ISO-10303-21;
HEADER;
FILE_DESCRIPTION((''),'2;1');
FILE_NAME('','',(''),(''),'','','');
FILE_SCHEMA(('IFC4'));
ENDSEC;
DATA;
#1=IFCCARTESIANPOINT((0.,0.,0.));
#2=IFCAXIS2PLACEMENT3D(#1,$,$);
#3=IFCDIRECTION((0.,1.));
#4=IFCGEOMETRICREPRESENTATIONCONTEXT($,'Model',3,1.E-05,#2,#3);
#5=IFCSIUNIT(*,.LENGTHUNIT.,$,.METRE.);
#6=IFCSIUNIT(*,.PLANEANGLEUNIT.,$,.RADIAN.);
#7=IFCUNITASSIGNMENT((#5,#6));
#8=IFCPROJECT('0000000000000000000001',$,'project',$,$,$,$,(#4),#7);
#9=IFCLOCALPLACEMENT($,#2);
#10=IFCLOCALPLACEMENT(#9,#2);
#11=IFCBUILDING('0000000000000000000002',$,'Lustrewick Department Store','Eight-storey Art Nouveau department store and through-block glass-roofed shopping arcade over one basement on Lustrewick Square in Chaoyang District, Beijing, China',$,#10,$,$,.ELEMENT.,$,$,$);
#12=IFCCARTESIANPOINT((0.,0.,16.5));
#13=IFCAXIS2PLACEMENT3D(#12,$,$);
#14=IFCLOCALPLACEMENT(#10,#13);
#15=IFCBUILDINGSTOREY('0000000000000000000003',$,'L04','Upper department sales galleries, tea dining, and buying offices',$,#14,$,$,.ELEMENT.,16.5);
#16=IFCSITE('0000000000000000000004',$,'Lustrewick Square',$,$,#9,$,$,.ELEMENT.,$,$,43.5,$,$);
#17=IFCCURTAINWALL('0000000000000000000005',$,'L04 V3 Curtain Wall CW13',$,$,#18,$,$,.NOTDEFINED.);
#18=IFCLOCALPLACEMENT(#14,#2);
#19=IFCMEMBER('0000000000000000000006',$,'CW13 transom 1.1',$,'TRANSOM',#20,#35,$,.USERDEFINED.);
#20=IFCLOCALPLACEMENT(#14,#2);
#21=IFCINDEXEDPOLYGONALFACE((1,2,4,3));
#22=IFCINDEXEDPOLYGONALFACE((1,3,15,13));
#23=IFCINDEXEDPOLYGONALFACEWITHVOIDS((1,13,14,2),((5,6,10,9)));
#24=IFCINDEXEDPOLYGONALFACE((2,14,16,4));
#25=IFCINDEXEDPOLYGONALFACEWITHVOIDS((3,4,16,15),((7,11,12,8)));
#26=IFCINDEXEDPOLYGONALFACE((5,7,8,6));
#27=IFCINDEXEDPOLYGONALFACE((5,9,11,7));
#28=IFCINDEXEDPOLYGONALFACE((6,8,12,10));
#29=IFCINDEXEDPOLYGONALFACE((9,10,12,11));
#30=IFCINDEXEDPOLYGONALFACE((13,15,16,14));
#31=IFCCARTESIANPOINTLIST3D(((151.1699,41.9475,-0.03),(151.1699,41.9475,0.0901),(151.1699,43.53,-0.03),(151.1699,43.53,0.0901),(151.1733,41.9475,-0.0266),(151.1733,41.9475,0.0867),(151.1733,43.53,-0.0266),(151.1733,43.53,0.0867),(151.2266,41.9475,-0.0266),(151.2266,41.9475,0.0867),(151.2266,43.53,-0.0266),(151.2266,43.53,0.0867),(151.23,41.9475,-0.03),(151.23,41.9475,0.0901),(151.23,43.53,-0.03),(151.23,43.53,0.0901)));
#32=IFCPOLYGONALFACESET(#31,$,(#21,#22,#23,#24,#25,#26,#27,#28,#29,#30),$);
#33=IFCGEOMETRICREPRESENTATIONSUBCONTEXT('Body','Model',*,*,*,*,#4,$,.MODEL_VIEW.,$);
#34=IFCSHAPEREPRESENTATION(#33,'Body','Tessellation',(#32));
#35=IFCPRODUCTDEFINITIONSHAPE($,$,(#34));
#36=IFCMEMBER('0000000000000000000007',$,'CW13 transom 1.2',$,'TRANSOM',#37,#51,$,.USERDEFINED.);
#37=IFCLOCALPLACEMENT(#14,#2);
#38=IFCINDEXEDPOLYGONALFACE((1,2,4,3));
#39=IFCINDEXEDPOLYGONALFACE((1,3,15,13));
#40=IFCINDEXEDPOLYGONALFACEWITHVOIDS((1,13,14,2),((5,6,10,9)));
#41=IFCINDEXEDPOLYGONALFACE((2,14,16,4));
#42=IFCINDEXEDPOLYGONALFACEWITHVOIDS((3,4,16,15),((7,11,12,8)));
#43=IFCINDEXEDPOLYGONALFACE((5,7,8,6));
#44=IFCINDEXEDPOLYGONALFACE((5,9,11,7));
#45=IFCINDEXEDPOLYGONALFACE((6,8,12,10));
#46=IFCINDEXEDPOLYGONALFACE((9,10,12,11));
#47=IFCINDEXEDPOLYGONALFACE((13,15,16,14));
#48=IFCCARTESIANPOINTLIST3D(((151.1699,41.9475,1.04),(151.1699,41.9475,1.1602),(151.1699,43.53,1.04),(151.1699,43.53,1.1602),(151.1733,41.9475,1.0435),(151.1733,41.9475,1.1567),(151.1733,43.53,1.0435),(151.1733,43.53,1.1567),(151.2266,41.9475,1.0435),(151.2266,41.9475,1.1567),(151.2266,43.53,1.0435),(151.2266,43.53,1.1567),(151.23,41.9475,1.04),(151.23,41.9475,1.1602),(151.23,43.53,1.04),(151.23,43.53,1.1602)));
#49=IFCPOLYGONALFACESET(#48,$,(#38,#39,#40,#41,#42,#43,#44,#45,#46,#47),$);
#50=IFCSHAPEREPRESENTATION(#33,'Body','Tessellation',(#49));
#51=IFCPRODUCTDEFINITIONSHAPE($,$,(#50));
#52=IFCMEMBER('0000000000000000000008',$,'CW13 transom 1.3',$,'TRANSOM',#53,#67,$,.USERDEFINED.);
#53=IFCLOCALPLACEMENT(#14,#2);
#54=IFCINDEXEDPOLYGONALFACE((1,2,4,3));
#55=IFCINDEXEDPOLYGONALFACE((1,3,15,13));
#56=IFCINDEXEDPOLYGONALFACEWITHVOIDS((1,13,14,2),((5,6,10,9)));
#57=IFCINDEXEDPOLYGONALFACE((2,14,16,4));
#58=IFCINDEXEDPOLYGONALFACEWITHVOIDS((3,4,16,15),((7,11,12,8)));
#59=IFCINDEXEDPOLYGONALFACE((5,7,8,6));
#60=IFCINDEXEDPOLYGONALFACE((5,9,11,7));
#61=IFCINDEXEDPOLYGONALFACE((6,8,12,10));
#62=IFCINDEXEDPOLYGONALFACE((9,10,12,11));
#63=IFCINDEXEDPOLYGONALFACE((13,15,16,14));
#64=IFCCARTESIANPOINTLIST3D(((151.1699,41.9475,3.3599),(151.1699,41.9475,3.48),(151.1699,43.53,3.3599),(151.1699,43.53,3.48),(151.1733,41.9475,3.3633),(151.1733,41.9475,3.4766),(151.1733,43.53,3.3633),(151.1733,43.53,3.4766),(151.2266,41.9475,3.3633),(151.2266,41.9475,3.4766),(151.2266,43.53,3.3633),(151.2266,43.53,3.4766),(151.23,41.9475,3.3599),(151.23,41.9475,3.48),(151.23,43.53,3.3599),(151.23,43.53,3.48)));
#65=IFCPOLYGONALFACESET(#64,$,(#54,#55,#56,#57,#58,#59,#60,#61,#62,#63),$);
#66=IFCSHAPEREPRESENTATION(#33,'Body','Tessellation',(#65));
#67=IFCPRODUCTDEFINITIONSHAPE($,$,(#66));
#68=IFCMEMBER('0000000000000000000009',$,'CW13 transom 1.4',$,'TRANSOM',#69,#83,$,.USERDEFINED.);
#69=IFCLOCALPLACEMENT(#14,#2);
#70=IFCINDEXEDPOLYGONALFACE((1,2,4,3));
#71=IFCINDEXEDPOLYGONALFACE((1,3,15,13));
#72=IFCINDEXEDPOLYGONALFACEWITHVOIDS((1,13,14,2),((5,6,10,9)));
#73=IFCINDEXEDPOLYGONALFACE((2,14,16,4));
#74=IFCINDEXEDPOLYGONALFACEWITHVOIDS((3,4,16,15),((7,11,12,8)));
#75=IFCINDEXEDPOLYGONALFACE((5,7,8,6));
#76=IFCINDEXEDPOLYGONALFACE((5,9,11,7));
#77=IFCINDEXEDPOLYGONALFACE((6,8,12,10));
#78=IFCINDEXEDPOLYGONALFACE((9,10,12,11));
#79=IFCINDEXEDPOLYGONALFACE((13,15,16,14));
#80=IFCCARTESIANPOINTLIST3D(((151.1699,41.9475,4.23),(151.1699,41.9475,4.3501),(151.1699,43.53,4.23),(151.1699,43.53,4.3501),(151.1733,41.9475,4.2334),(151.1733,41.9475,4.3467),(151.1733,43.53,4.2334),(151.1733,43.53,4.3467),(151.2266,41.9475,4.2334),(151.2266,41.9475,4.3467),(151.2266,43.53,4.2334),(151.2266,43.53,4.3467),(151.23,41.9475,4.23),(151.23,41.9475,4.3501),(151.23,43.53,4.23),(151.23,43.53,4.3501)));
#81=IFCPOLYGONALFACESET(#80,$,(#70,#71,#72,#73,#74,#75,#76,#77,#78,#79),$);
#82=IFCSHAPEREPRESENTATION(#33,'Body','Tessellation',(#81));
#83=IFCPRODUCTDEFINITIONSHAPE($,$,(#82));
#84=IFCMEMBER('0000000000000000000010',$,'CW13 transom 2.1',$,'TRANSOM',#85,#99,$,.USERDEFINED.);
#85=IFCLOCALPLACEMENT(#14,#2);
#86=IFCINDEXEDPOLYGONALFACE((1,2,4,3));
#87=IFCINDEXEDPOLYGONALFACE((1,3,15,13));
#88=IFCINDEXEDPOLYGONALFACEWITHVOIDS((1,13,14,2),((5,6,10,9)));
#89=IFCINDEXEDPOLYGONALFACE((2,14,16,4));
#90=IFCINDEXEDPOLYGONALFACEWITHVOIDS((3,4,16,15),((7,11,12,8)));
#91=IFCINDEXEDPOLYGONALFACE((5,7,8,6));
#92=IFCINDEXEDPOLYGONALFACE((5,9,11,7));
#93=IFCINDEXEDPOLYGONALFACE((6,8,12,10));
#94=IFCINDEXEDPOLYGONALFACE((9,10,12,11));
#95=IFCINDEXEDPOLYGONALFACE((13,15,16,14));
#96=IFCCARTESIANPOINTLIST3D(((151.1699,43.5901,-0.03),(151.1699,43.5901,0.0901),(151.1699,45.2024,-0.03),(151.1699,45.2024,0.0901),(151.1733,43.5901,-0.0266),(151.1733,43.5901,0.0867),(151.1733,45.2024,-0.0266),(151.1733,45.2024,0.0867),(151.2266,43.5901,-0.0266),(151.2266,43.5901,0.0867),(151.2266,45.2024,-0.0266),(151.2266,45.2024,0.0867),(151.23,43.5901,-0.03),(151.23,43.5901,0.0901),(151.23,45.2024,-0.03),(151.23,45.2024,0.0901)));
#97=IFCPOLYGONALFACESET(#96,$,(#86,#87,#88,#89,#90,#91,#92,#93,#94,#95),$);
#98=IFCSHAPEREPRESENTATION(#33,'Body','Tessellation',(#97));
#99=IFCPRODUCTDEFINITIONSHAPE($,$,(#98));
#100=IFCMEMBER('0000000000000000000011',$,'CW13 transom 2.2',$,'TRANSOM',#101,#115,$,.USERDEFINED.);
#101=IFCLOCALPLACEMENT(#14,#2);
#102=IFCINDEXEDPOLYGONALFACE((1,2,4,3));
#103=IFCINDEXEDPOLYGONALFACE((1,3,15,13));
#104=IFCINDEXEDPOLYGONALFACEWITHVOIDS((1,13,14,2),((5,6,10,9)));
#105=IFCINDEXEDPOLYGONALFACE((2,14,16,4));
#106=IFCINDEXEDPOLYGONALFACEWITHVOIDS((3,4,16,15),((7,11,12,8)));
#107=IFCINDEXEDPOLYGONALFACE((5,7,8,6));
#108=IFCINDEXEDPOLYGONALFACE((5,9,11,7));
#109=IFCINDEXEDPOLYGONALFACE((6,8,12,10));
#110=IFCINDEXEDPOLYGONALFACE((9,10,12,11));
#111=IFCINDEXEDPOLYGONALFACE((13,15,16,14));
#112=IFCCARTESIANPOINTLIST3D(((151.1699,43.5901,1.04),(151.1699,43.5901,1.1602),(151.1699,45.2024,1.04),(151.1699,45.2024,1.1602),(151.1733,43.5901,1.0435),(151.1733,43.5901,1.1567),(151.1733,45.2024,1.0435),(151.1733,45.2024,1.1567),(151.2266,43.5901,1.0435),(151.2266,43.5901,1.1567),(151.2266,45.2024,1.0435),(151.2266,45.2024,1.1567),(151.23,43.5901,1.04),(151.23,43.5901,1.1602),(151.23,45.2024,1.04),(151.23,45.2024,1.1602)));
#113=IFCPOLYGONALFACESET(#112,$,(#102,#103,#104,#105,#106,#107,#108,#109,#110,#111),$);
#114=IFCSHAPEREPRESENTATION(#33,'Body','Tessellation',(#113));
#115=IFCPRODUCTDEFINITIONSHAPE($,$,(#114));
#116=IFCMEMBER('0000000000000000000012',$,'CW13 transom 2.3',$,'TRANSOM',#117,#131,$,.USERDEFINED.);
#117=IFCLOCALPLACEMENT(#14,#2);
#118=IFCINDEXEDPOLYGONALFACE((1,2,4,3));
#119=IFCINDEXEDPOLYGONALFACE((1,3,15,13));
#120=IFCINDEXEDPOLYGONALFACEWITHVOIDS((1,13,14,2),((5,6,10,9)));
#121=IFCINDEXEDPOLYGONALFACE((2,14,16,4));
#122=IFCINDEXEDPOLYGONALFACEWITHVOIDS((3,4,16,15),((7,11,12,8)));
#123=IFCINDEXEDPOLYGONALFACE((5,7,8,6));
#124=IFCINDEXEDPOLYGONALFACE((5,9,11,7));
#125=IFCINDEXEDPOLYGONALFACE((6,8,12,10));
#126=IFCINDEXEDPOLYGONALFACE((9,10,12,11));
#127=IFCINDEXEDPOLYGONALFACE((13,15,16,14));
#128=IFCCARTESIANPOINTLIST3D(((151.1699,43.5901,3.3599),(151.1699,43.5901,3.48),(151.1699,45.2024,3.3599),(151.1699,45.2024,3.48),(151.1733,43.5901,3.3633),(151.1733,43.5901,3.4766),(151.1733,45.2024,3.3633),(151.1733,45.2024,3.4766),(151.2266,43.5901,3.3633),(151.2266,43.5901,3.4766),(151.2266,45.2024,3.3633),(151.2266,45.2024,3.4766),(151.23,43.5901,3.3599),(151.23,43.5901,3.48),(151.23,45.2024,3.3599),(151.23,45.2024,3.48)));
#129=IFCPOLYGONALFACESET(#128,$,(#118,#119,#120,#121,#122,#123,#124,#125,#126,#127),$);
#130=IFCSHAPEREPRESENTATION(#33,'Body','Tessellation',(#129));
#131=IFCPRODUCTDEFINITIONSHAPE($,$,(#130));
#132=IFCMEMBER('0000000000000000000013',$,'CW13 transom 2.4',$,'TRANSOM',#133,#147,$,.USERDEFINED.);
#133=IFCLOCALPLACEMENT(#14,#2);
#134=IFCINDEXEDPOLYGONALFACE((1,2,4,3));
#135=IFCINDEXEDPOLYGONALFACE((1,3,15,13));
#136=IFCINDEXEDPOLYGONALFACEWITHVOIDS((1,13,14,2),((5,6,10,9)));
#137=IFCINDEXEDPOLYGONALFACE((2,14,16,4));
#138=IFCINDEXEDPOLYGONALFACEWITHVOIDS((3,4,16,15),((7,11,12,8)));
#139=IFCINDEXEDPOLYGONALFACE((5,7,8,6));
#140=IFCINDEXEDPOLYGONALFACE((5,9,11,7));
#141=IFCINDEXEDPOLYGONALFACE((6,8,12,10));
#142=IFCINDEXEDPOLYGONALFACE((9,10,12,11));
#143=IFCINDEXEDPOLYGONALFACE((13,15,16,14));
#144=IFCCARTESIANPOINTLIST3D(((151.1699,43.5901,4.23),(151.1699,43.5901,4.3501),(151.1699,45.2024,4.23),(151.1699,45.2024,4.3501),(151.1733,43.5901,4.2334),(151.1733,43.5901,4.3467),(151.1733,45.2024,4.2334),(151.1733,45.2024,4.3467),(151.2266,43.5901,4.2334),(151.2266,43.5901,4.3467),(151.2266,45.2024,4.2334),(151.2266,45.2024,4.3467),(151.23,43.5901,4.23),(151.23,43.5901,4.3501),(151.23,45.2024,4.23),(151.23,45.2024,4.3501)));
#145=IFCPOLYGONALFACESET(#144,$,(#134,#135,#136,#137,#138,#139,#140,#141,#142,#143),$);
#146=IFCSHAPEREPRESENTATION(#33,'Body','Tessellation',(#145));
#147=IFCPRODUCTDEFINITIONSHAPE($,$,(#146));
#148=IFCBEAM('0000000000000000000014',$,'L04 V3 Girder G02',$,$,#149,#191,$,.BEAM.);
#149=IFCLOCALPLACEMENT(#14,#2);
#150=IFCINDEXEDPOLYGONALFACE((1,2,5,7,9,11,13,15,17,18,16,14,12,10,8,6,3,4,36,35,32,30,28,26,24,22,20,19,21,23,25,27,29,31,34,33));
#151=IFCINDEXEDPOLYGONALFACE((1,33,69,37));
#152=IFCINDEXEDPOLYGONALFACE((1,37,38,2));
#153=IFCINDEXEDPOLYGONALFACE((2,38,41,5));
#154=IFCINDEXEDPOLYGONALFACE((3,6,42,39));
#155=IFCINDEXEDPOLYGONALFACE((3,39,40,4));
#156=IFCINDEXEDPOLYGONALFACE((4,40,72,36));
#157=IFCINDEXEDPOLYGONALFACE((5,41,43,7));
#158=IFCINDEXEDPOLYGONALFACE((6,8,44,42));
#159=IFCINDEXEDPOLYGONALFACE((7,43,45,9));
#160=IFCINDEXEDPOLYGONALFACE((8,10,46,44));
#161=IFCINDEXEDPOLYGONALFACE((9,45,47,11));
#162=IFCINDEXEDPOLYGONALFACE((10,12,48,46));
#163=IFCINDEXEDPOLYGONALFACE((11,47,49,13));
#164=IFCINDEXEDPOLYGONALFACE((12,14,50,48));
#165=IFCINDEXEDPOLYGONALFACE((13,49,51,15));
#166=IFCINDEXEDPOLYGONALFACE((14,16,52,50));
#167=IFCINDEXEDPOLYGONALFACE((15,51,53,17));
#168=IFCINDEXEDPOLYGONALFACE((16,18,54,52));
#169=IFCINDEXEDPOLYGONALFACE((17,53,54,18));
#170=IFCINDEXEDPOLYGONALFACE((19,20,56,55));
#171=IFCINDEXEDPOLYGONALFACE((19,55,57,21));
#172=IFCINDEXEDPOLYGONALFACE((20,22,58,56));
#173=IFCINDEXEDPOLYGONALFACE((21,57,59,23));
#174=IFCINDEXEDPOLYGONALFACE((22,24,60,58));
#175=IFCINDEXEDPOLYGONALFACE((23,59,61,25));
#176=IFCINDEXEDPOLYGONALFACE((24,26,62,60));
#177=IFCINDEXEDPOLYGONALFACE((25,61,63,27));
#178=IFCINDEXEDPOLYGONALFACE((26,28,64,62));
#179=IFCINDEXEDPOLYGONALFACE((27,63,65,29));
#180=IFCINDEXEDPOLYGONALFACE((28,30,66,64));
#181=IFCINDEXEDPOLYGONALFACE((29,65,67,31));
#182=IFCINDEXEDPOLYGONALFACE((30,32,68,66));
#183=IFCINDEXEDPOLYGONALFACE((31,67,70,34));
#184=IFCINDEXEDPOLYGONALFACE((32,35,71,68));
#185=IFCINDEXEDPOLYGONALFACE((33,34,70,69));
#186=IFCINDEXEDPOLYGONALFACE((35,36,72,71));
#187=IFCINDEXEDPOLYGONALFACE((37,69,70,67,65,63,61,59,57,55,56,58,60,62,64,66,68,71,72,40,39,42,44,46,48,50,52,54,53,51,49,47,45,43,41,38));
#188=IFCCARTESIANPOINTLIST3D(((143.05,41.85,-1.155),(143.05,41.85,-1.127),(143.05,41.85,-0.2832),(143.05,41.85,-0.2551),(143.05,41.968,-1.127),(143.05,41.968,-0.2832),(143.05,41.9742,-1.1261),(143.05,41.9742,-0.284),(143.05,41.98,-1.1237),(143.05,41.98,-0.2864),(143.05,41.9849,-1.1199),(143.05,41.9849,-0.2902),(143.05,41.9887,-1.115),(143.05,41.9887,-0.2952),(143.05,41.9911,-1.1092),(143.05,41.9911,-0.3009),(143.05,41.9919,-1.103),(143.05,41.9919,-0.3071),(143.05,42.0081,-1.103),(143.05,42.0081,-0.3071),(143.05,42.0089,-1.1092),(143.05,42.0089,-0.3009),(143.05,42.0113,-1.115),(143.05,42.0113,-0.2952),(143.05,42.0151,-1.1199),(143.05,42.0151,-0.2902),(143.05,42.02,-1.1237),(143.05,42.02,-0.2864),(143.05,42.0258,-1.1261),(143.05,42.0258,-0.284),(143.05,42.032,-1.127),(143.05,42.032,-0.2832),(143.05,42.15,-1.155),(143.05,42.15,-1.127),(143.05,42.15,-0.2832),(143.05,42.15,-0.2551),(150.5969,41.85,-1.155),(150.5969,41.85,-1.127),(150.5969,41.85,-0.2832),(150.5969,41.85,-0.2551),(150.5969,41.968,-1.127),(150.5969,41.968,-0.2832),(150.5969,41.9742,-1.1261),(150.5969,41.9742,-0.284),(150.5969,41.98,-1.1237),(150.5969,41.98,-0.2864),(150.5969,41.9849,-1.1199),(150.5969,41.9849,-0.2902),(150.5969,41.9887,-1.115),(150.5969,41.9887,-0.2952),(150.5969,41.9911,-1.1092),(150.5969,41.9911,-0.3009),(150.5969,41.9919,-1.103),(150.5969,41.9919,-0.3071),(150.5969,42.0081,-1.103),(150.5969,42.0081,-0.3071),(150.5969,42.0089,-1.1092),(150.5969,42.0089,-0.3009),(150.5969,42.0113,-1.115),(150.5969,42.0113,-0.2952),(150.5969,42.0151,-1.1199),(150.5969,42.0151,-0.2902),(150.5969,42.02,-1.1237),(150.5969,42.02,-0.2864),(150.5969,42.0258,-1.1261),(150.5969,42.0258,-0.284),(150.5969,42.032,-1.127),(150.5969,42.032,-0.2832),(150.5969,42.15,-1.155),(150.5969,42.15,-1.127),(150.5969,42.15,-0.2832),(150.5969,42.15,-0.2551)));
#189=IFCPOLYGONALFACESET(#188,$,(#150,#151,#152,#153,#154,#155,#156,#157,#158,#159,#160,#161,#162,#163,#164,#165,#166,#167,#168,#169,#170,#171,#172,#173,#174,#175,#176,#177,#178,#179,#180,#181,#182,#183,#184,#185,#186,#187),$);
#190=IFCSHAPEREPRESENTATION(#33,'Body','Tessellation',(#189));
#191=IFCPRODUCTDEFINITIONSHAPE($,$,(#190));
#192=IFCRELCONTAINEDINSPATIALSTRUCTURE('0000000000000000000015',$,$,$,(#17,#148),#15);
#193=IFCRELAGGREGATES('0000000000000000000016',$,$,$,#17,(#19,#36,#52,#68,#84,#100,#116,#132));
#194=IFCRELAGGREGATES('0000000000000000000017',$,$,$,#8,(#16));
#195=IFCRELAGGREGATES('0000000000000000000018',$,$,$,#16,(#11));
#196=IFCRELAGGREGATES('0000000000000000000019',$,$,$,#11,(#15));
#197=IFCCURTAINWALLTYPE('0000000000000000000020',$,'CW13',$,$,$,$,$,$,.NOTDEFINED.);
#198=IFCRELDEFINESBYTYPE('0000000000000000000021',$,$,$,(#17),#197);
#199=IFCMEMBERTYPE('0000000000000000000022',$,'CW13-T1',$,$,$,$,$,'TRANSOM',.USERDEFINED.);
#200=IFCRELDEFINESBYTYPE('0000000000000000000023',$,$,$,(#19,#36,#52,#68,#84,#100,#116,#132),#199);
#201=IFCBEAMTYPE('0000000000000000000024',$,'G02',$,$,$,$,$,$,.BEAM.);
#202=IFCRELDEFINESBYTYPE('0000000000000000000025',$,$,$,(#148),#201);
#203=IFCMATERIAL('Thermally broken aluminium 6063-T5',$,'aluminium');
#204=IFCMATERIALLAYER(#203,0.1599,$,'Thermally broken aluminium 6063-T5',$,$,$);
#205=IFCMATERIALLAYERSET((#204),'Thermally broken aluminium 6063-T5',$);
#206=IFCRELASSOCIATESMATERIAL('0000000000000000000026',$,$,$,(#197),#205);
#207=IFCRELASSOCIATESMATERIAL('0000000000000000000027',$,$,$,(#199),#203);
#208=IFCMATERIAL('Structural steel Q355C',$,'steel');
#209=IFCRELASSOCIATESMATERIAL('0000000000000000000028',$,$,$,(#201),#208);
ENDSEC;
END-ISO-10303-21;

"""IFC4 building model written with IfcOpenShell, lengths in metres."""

from ifc_helpers import new_model, si_unit, direction, frame, origin, origin_2d, place, context, subcontext, project, spatial, hollow_rectangle, i_section, extrude, material, layer, layer_set, material_profile, profile_set, type_object, element, aggregate, save


model = new_model("IFC4")

# Units and contexts
model_context = context("Model", 3, precision=1e-05, world=origin(), true_north=direction((0.0, 1.0)))
body_context = subcontext(model_context, "Body", "Model", "MODEL_VIEW")
ifc_project = project(units=[si_unit("LENGTHUNIT", "METRE"), si_unit("PLANEANGLEUNIT", "RADIAN")], contexts=[model_context])

# Site, building, storey
site_placement = place(None, origin())
site = spatial("IfcSite", under=ifc_project, at=site_placement, Name="Lustrewick Square", CompositionType="ELEMENT", RefElevation=43.5)
building_placement = place(site_placement, origin())
building = spatial("IfcBuilding", under=site, at=building_placement, Name="Lustrewick Department Store", Description="Eight-storey Art Nouveau department store and through-block glass-roofed shopping arcade over one basement on Lustrewick Square in Chaoyang District, Beijing, China", CompositionType="ELEMENT")
storey_placement = place(building_placement, frame((0.0, 0.0, 16.5)))
storey = spatial("IfcBuildingStorey", under=building, at=storey_placement, Name="L04", Description="Upper department sales galleries, tea dining, and buying offices", CompositionType="ELEMENT", Elevation=16.5)

# Shared definitions
ifc_material_1 = material(Name="Structural steel Q355C", Category="steel")

# Curtain wall, members
ifc_material_2 = material(Name="Thermally broken aluminium 6063-T5", Category="aluminium")
ifc_layer_1 = layer(ifc_material_2, 0.1599, Name="Thermally broken aluminium 6063-T5")
ifc_layer_set_1 = layer_set([ifc_layer_1], Name="Thermally broken aluminium 6063-T5")
curtain_wall_type = type_object("IfcCurtainWallType", Name="CW13", PredefinedType="NOTDEFINED", material=ifc_layer_set_1)
curtain_wall_placement = place(storey_placement, origin())
curtain_wall = element("IfcCurtainWall", 1, at=curtain_wall_placement, inside=storey, type_object=curtain_wall_type, Name="L04 V3 Curtain Wall CW13", PredefinedType="NOTDEFINED")
ifc_material_profile_1 = material_profile(ifc_material_2, hollow_rectangle(XDim=0.0601, YDim=0.1201, WallThickness=0.0034, at=origin_2d()), Name="ALU-T 60x120x3.5")
ifc_profile_set_1 = profile_set([ifc_material_profile_1], Name="Thermally broken aluminium 6063-T5")
member_type_1 = type_object("IfcMemberType", Name="CW13-T1", ElementType="TRANSOM", PredefinedType="USERDEFINED", material=ifc_profile_set_1)
member_1_placement = place(storey_placement, frame((151.2, 41.9475, 0.03), z_axis=(0.0, 1.0, 0.0), x_axis=(-1.0, 0.0, 0.0)))
member_1 = element("IfcMember", 2, at=member_1_placement, type_object=member_type_1, Name="CW13 transom 1.1", ObjectType="TRANSOM", PredefinedType="USERDEFINED", context=body_context, shape_type="SweptSolid", body=[
    extrude(hollow_rectangle(XDim=0.0601, YDim=0.1201, WallThickness=0.0034, at=origin_2d()), origin(), (0.0, 0.0, 1.0), 1.5825),
])
member_2_placement = place(storey_placement, frame((151.2, 41.9475, 1.1001), z_axis=(0.0, 1.0, 0.0), x_axis=(-1.0, 0.0, 0.0)))
member_2 = element("IfcMember", 3, at=member_2_placement, type_object=member_type_1, Name="CW13 transom 1.2", ObjectType="TRANSOM", PredefinedType="USERDEFINED", context=body_context, shape_type="SweptSolid", body=[
    extrude(hollow_rectangle(XDim=0.0601, YDim=0.1201, WallThickness=0.0034, at=origin_2d()), origin(), (0.0, 0.0, 1.0), 1.5825),
])
member_3_placement = place(storey_placement, frame((151.2, 41.9475, 3.4199), z_axis=(0.0, 1.0, 0.0), x_axis=(-1.0, 0.0, 0.0)))
member_3 = element("IfcMember", 4, at=member_3_placement, type_object=member_type_1, Name="CW13 transom 1.3", ObjectType="TRANSOM", PredefinedType="USERDEFINED", context=body_context, shape_type="SweptSolid", body=[
    extrude(hollow_rectangle(XDim=0.0601, YDim=0.1201, WallThickness=0.0034, at=origin_2d()), origin(), (0.0, 0.0, 1.0), 1.5825),
])
member_4_placement = place(storey_placement, frame((151.2, 41.9475, 4.29), z_axis=(0.0, 1.0, 0.0), x_axis=(-1.0, 0.0, 0.0)))
member_4 = element("IfcMember", 5, at=member_4_placement, type_object=member_type_1, Name="CW13 transom 1.4", ObjectType="TRANSOM", PredefinedType="USERDEFINED", context=body_context, shape_type="SweptSolid", body=[
    extrude(hollow_rectangle(XDim=0.0601, YDim=0.1201, WallThickness=0.0034, at=origin_2d()), origin(), (0.0, 0.0, 1.0), 1.5825),
])
member_5_placement = place(storey_placement, frame((151.2, 43.5901, 0.03), z_axis=(0.0, 1.0, 0.0), x_axis=(-1.0, 0.0, 0.0)))
member_5 = element("IfcMember", 6, at=member_5_placement, type_object=member_type_1, Name="CW13 transom 2.1", ObjectType="TRANSOM", PredefinedType="USERDEFINED", context=body_context, shape_type="SweptSolid", body=[
    extrude(hollow_rectangle(XDim=0.0601, YDim=0.1201, WallThickness=0.0034, at=origin_2d()), origin(), (0.0, 0.0, 1.0), 1.6123),
])
member_6_placement = place(storey_placement, frame((151.2, 43.5901, 1.1001), z_axis=(0.0, 1.0, 0.0), x_axis=(-1.0, 0.0, 0.0)))
member_6 = element("IfcMember", 7, at=member_6_placement, type_object=member_type_1, Name="CW13 transom 2.2", ObjectType="TRANSOM", PredefinedType="USERDEFINED", context=body_context, shape_type="SweptSolid", body=[
    extrude(hollow_rectangle(XDim=0.0601, YDim=0.1201, WallThickness=0.0034, at=origin_2d()), origin(), (0.0, 0.0, 1.0), 1.6123),
])
member_7_placement = place(storey_placement, frame((151.2, 43.5901, 3.4199), z_axis=(0.0, 1.0, 0.0), x_axis=(-1.0, 0.0, 0.0)))
member_7 = element("IfcMember", 8, at=member_7_placement, type_object=member_type_1, Name="CW13 transom 2.3", ObjectType="TRANSOM", PredefinedType="USERDEFINED", context=body_context, shape_type="SweptSolid", body=[
    extrude(hollow_rectangle(XDim=0.0601, YDim=0.1201, WallThickness=0.0034, at=origin_2d()), origin(), (0.0, 0.0, 1.0), 1.6123),
])
member_8_placement = place(storey_placement, frame((151.2, 43.5901, 4.29), z_axis=(0.0, 1.0, 0.0), x_axis=(-1.0, 0.0, 0.0)))
member_8 = element("IfcMember", 9, at=member_8_placement, type_object=member_type_1, Name="CW13 transom 2.4", ObjectType="TRANSOM", PredefinedType="USERDEFINED", context=body_context, shape_type="SweptSolid", body=[
    extrude(hollow_rectangle(XDim=0.0601, YDim=0.1201, WallThickness=0.0034, at=origin_2d()), origin(), (0.0, 0.0, 1.0), 1.6123),
])

# Beam
ifc_material_profile_2 = material_profile(ifc_material_1, i_section(OverallWidth=0.3, OverallDepth=0.8999, WebThickness=0.0161, FlangeThickness=0.0281, FilletRadius=0.0239, at=origin_2d()), Name="HN 900x300x16x28")
ifc_profile_set_2 = profile_set([ifc_material_profile_2], Name="Structural steel Q355C")
beam_type_1 = type_object("IfcBeamType", Name="G02", PredefinedType="BEAM", material=ifc_profile_set_2)
beam_1_placement = place(storey_placement, frame((143.05, 42.0, -0.7051), z_axis=(1.0, 0.0, 0.0), x_axis=(0.0, 1.0, 0.0)))
element("IfcBeam", 10, at=beam_1_placement, inside=storey, type_object=beam_type_1, Name="L04 V3 Girder G02", PredefinedType="BEAM", context=body_context, shape_type="SweptSolid", body=[
    extrude(i_section(OverallWidth=0.3, OverallDepth=0.8999, WebThickness=0.0161, FlangeThickness=0.0281, FilletRadius=0.0239, at=origin_2d()), origin(), (0.0, 0.0, 1.0), 7.5469),
])

aggregate(curtain_wall, [member_1, member_2, member_3, member_4, member_5, member_6, member_7, member_8])

save(model, "model.ifc")
